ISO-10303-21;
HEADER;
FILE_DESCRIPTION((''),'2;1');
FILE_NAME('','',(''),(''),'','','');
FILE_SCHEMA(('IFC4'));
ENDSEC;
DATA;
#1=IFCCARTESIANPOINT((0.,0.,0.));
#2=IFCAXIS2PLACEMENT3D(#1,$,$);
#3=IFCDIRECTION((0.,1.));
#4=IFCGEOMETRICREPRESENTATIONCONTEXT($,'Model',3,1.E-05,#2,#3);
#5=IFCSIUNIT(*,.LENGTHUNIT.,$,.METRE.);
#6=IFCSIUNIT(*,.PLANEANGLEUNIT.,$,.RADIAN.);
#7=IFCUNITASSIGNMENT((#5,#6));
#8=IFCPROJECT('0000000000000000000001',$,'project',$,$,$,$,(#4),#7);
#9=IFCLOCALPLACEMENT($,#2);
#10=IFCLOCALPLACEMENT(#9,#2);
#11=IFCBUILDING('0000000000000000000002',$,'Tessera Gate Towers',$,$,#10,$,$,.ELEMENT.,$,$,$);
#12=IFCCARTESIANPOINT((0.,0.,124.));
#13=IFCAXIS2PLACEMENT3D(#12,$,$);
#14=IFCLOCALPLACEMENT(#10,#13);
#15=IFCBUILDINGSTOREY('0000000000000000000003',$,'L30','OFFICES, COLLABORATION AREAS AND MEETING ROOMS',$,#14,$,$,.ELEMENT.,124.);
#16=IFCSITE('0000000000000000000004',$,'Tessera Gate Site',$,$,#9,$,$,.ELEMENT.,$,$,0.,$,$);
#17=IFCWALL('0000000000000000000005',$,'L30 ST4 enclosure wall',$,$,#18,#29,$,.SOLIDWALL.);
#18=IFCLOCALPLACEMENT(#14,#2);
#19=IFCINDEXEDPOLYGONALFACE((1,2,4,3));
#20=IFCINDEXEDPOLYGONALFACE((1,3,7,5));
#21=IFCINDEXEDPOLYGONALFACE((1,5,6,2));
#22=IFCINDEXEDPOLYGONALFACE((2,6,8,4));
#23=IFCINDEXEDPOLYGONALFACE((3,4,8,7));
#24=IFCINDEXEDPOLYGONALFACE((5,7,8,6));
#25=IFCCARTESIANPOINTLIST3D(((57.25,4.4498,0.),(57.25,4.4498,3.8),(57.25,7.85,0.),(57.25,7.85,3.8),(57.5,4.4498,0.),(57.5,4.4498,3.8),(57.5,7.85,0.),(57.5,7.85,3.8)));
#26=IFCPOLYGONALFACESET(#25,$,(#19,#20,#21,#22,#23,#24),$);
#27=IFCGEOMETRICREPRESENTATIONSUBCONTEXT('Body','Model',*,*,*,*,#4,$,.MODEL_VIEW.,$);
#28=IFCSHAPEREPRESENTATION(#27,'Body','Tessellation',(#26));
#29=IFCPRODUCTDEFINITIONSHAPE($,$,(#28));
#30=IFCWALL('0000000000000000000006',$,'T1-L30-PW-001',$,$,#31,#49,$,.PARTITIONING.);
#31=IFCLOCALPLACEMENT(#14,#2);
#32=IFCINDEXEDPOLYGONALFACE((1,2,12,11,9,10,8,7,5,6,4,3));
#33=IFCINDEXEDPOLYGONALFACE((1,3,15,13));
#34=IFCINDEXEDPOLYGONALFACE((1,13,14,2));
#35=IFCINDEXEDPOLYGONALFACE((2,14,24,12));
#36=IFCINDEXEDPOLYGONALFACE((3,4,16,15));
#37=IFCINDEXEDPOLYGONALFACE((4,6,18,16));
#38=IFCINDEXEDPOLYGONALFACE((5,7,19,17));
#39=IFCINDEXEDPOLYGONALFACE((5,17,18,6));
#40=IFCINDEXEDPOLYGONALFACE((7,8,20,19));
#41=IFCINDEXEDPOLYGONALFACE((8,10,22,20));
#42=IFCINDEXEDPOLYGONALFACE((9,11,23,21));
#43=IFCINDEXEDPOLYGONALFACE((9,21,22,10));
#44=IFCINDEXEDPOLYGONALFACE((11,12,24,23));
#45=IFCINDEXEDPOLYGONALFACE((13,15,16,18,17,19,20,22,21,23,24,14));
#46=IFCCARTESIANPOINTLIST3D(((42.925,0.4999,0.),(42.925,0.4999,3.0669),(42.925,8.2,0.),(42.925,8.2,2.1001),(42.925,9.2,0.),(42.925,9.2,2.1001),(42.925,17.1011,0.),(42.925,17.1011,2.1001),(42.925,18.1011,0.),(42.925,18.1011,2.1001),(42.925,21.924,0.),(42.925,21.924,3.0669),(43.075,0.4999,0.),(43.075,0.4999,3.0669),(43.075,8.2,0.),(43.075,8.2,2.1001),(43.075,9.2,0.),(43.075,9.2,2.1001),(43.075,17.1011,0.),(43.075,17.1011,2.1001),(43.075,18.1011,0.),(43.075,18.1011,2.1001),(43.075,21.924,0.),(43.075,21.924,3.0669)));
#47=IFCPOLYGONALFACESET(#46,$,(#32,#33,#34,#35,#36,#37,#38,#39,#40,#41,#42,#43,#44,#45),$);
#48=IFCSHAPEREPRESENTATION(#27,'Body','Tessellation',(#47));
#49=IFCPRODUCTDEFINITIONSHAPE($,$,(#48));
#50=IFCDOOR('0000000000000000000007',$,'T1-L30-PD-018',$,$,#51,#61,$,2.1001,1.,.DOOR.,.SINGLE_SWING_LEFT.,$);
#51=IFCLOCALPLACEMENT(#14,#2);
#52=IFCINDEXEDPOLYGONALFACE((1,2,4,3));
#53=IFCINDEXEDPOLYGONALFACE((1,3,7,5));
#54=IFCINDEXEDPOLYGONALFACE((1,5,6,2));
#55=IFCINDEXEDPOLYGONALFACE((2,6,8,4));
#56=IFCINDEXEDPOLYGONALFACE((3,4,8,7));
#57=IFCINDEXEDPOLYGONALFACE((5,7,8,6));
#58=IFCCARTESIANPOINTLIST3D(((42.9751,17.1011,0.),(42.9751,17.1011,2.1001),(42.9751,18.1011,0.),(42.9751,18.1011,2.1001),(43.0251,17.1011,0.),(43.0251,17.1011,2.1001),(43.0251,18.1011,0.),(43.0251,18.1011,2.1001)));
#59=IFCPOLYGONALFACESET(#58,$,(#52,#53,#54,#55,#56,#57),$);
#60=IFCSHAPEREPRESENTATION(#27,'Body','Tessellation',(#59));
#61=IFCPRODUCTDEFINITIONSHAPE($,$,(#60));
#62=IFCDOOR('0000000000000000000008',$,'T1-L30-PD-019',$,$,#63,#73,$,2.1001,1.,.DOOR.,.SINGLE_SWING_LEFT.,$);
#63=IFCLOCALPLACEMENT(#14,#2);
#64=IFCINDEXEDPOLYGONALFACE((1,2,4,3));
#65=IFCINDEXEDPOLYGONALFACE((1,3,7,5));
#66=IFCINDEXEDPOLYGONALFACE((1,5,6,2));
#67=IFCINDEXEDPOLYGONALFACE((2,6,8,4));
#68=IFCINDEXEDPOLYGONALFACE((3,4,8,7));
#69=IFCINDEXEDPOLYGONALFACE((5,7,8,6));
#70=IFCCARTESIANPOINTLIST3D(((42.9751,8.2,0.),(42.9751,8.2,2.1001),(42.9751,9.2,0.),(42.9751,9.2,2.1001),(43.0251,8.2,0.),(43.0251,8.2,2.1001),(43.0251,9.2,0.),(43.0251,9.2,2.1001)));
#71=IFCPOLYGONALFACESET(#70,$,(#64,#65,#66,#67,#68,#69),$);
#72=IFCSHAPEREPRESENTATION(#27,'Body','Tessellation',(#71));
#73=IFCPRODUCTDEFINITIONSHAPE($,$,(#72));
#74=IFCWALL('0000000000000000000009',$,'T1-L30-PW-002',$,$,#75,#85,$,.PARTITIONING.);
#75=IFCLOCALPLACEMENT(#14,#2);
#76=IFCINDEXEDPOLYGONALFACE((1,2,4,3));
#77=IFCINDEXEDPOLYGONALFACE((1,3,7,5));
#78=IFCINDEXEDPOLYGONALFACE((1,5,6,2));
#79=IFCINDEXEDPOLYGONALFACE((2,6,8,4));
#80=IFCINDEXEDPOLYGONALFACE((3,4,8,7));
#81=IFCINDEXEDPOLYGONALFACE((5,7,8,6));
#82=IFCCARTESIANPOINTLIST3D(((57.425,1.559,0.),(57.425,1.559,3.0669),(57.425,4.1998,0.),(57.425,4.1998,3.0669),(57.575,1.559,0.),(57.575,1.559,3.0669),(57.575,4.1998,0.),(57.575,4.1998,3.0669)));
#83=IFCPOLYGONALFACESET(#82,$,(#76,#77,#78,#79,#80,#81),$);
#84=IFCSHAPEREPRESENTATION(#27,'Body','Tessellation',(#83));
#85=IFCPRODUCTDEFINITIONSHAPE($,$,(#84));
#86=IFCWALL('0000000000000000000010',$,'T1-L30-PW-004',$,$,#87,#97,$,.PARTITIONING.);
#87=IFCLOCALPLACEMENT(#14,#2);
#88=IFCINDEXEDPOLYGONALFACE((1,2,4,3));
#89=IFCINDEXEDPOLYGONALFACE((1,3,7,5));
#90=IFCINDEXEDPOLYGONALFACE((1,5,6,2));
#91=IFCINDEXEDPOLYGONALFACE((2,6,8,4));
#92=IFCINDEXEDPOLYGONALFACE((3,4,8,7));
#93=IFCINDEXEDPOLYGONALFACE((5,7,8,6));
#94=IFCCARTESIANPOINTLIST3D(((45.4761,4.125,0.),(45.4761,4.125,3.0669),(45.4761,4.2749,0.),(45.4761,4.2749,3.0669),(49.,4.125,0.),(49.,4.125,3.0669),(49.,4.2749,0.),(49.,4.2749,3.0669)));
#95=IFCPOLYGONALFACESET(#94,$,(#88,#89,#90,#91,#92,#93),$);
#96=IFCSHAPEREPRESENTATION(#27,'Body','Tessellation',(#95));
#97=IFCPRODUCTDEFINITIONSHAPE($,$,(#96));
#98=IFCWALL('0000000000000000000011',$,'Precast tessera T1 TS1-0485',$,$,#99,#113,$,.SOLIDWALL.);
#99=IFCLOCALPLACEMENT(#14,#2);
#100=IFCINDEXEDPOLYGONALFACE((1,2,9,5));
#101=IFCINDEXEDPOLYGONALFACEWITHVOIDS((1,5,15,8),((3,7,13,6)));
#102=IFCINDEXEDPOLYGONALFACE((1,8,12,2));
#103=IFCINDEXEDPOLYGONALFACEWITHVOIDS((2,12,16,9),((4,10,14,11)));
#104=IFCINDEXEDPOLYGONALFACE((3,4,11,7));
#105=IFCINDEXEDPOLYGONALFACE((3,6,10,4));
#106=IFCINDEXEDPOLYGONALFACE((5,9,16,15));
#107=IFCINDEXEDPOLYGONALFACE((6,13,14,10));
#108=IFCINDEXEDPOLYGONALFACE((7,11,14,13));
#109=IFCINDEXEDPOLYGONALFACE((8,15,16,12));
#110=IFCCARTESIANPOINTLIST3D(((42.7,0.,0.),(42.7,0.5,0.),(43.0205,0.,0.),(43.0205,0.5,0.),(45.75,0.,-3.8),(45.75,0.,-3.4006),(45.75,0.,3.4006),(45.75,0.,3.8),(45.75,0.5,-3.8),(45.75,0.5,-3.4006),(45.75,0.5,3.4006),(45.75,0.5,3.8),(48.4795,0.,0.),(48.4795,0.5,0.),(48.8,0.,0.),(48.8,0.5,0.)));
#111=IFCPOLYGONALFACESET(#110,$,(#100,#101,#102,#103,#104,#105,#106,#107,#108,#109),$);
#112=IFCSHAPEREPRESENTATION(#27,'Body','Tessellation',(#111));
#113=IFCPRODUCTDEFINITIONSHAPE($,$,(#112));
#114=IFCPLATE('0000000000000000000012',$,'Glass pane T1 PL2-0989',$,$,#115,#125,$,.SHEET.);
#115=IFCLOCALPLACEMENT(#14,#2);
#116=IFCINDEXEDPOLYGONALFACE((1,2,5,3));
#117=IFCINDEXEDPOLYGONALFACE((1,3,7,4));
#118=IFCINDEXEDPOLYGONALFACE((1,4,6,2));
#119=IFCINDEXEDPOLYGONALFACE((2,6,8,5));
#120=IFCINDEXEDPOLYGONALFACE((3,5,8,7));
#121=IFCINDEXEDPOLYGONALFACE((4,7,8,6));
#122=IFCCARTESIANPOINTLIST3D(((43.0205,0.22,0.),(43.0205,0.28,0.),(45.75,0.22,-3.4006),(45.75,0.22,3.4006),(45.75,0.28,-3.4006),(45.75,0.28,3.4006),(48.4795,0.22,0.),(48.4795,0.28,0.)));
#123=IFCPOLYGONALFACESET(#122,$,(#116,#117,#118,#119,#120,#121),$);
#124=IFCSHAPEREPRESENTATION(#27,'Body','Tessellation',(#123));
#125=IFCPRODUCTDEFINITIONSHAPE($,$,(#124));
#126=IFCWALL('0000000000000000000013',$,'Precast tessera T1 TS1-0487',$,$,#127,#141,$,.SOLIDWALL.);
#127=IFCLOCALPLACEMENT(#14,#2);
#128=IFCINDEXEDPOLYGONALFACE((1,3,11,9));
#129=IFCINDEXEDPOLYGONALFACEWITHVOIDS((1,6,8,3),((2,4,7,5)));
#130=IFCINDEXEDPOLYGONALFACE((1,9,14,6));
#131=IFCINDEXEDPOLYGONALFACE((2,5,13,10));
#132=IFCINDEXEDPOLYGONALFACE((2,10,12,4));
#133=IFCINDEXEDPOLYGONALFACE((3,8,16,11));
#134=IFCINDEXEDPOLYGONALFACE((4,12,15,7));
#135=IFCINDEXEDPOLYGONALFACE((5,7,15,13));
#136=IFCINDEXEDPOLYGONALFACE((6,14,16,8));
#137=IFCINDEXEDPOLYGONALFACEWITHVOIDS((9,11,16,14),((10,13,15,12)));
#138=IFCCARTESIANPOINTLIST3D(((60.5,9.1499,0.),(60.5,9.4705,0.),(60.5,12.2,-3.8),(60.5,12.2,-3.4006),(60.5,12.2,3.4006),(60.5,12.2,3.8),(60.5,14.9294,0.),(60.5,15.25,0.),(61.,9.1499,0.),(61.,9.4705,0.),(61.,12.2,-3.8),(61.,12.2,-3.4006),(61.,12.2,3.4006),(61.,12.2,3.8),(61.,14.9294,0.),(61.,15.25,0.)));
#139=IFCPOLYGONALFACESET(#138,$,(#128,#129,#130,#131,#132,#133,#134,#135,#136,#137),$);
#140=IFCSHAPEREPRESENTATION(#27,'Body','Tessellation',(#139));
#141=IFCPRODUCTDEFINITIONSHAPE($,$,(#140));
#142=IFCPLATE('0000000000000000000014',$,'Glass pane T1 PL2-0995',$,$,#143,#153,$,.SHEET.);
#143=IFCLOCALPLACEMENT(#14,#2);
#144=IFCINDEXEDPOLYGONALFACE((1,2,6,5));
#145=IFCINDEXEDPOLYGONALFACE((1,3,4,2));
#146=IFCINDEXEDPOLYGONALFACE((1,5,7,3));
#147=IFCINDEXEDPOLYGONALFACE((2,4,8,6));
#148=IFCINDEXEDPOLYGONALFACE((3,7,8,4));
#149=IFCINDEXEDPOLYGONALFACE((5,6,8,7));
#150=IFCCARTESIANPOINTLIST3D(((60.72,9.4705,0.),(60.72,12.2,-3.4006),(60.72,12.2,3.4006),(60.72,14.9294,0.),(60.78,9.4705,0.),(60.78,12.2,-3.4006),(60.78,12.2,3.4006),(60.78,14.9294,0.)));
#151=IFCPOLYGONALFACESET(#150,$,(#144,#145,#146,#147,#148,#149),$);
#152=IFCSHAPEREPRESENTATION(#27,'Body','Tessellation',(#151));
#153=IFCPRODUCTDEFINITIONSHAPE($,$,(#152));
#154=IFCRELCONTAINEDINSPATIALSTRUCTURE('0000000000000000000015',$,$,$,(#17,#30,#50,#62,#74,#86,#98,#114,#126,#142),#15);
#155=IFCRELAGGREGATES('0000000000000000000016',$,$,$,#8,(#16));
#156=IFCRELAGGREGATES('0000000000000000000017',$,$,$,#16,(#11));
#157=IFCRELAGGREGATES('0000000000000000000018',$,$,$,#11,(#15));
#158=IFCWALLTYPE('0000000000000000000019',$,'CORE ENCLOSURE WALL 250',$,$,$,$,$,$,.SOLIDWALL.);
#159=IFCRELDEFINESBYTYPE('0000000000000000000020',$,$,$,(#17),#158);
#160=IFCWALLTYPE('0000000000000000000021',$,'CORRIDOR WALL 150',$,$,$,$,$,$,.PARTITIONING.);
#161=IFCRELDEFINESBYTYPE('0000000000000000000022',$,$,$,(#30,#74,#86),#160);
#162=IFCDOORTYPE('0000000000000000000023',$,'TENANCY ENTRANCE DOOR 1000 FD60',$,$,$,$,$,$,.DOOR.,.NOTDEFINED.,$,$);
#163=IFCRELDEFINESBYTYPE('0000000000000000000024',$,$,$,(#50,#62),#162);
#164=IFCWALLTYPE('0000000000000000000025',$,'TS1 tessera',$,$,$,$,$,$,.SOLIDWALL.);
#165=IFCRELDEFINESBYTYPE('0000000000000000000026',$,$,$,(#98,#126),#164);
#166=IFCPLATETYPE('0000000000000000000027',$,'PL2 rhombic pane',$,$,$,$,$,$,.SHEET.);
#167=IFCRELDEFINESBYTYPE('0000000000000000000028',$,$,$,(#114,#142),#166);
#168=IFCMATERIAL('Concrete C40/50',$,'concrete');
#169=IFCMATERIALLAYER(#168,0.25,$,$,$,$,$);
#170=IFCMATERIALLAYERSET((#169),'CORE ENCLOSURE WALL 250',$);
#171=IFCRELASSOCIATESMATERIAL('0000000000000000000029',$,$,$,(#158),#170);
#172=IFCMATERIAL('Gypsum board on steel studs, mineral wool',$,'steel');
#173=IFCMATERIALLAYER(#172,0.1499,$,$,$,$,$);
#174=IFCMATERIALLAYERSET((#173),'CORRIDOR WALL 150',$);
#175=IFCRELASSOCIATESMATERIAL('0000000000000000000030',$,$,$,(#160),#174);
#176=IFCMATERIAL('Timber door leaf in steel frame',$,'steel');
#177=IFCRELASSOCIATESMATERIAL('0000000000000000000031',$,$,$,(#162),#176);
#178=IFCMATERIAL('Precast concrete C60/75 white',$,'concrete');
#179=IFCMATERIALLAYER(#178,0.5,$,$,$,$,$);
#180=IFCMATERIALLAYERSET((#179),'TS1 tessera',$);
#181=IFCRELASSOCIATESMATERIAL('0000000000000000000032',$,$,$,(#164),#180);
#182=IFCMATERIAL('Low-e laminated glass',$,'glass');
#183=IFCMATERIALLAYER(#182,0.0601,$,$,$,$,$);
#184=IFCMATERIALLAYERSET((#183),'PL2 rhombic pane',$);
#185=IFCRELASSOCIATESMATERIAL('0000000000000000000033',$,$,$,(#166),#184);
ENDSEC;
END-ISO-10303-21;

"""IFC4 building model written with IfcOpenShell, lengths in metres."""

from ifc_helpers import new_model, si_unit, direction, frame, frame_2d, origin, place, context, subcontext, project, spatial, polyline, rectangle, outline, extrude, source, transform, mapped, material, layer, layer_set, type_object, element, fill, save


model = new_model("IFC4")

# Units and contexts
model_context = context("Model", 3, precision=1e-05, world=origin(), true_north=direction((0.0, 1.0)))
body_context = subcontext(model_context, "Body", "Model", "MODEL_VIEW")
ifc_project = project(units=[si_unit("LENGTHUNIT", "METRE"), si_unit("PLANEANGLEUNIT", "RADIAN")], contexts=[model_context])

# Site, building, storey
site_placement = place(None, origin())
site = spatial("IfcSite", under=ifc_project, at=site_placement, Name="Tessera Gate Site", CompositionType="ELEMENT", RefElevation=0.0)
building_placement = place(site_placement, origin())
building = spatial("IfcBuilding", under=site, at=building_placement, Name="Tessera Gate Towers", CompositionType="ELEMENT")
storey_placement = place(building_placement, frame((0.0, 0.0, 124.0)))
storey = spatial("IfcBuildingStorey", under=building, at=storey_placement, Name="L30", Description="OFFICES, COLLABORATION AREAS AND MEETING ROOMS", CompositionType="ELEMENT", Elevation=124.0)

# Shared definitions
ifc_material_1 = material(Name="Concrete C40/50", Category="concrete")
ifc_layer_1 = layer(ifc_material_1, 0.25)
ifc_layer_set_1 = layer_set([ifc_layer_1], Name="CORE ENCLOSURE WALL 250")
wall_type_1 = type_object("IfcWallType", Name="CORE ENCLOSURE WALL 250", PredefinedType="SOLIDWALL", material=ifc_layer_set_1)

# Wall
wall_1_placement = place(storey_placement, frame((57.375, 7.8501, 0.0), z_axis=(0.0, 0.0, 1.0), x_axis=(0.0, -1.0, 0.0)))
element("IfcWall", 1, at=wall_1_placement, inside=storey, type_object=wall_type_1, Name="L30 ST4 enclosure wall", PredefinedType="SOLIDWALL", context=body_context, shape_type="SweptSolid", body=[
    extrude(rectangle(XDim=3.4001, YDim=0.25, at=frame_2d((1.7002, 0.0))), origin(), (0.0, 0.0, 1.0), 3.8),
])

# Wall, openings, doors
ifc_material_2 = material(Name="Gypsum board on steel studs, mineral wool", Category="steel")
ifc_layer_2 = layer(ifc_material_2, 0.1499)
ifc_layer_set_2 = layer_set([ifc_layer_2], Name="CORRIDOR WALL 150")
wall_type_2 = type_object("IfcWallType", Name="CORRIDOR WALL 150", PredefinedType="PARTITIONING", material=ifc_layer_set_2)
wall_2_placement = place(storey_placement, frame((43.0, 0.5, 0.0), z_axis=(0.0, 0.0, 1.0), x_axis=(0.0, 1.0, 0.0)))
wall_2 = element("IfcWall", 2, at=wall_2_placement, inside=storey, type_object=wall_type_2, Name="T1-L30-PW-001", PredefinedType="PARTITIONING", context=body_context, shape_type="SweptSolid", body=[
    extrude(rectangle(XDim=21.4241, YDim=0.1499, at=frame_2d((10.7119, 0.0))), origin(), (0.0, 0.0, 1.0), 3.0669),
])
shared_shape_1 = source(origin(), body_context, "Body", "SweptSolid", [
    extrude(rectangle(XDim=1.0, YDim=2.1001, at=frame_2d((0.5, 1.05))), frame((0.0, 0.085, 0.0), z_axis=(0.0, -1.0, 0.0), x_axis=(1.0, 0.0, 0.0)), (0.0, 0.0, 1.0), 0.1699),
])
opening_1_placement = place(wall_2_placement, frame((16.6011, 0.0, 0.0)))
opening_1 = element("IfcOpeningElement", 3, at=opening_1_placement, cuts=wall_2, PredefinedType="OPENING", context=body_context, shape_type="MappedRepresentation", body=[
    mapped(shared_shape_1, transform((0.0, 0.0, 0.0), scale=1.0)),
])
opening_2_placement = place(wall_2_placement, frame((7.7, 0.0, 0.0)))
opening_2 = element("IfcOpeningElement", 4, at=opening_2_placement, cuts=wall_2, PredefinedType="OPENING", context=body_context, shape_type="MappedRepresentation", body=[
    mapped(shared_shape_1, transform((0.0, 0.0, 0.0), scale=1.0)),
])
ifc_material_3 = material(Name="Timber door leaf in steel frame", Category="steel")
door_type_1 = type_object("IfcDoorType", Name="TENANCY ENTRANCE DOOR 1000 FD60", OperationType="NOTDEFINED", PredefinedType="DOOR", material=ifc_material_3)
shared_shape_2 = source(origin(), body_context, "Body", "SweptSolid", [
    extrude(rectangle(XDim=1.0, YDim=2.1001, at=frame_2d((0.5, 1.05))), frame((0.0, 0.0249, 0.0), z_axis=(0.0, -1.0, 0.0), x_axis=(1.0, 0.0, 0.0)), (0.0, 0.0, 1.0), 0.05),
])
door_1_placement = place(opening_1_placement, origin())
door_1 = element("IfcDoor", 5, at=door_1_placement, inside=storey, type_object=door_type_1, Name="T1-L30-PD-018", OperationType="SINGLE_SWING_LEFT", OverallHeight=2.1001, OverallWidth=1.0, PredefinedType="DOOR", context=body_context, shape_type="MappedRepresentation", body=[
    mapped(shared_shape_2, transform((0.0, 0.0, 0.0), scale=1.0)),
])
fill(opening_1, door_1)
door_2_placement = place(opening_2_placement, origin())
door_2 = element("IfcDoor", 6, at=door_2_placement, inside=storey, type_object=door_type_1, Name="T1-L30-PD-019", OperationType="SINGLE_SWING_LEFT", OverallHeight=2.1001, OverallWidth=1.0, PredefinedType="DOOR", context=body_context, shape_type="MappedRepresentation", body=[
    mapped(shared_shape_2, transform((0.0, 0.0, 0.0), scale=1.0)),
])
fill(opening_2, door_2)

# Walls
wall_3_placement = place(storey_placement, frame((57.5, 1.5591, 0.0), z_axis=(0.0, 0.0, 1.0), x_axis=(0.0, 1.0, 0.0)))
element("IfcWall", 7, at=wall_3_placement, inside=storey, type_object=wall_type_2, Name="T1-L30-PW-002", PredefinedType="PARTITIONING", context=body_context, shape_type="SweptSolid", body=[
    extrude(rectangle(XDim=2.6409, YDim=0.1499, at=frame_2d((1.3203, 0.0))), origin(), (0.0, 0.0, 1.0), 3.0669),
])
wall_4_placement = place(storey_placement, frame((45.4761, 4.2, 0.0), z_axis=(0.0, 0.0, 1.0), x_axis=(1.0, 0.0, 0.0)))
element("IfcWall", 8, at=wall_4_placement, inside=storey, type_object=wall_type_2, Name="T1-L30-PW-004", PredefinedType="PARTITIONING", context=body_context, shape_type="SweptSolid", body=[
    extrude(rectangle(XDim=3.5239, YDim=0.1499, at=frame_2d((1.762, 0.0))), origin(), (0.0, 0.0, 1.0), 3.0669),
])

# Walls, openings, plates
ifc_material_4 = material(Name="Precast concrete C60/75 white", Category="concrete")
ifc_layer_3 = layer(ifc_material_4, 0.5)
ifc_layer_set_3 = layer_set([ifc_layer_3], Name="TS1 tessera")
wall_type_3 = type_object("IfcWallType", Name="TS1 tessera", PredefinedType="SOLIDWALL", material=ifc_layer_set_3)
shared_shape_3 = source(origin(), body_context, "Body", "SweptSolid", [
    extrude(outline(polyline([(3.05, 0.0), (6.1001, 3.8), (3.05, 7.6001), (0.0, 3.8), (3.05, 0.0)])), frame((0.0, 0.25, 0.0), z_axis=(0.0, -1.0, 0.0), x_axis=(1.0, 0.0, 0.0)), (0.0, 0.0, 1.0), 0.5),
])
wall_5_placement = place(storey_placement, frame((42.7, 0.25, -3.8), z_axis=(0.0, 0.0, 1.0), x_axis=(1.0, 0.0, 0.0)))
wall_5 = element("IfcWall", 9, at=wall_5_placement, inside=storey, type_object=wall_type_3, Name="Precast tessera T1 TS1-0485", PredefinedType="SOLIDWALL", context=body_context, shape_type="MappedRepresentation", body=[
    mapped(shared_shape_3, transform((0.0, 0.0, 0.0), scale=1.0)),
])
shared_shape_4 = source(origin(), body_context, "Body", "SweptSolid", [
    extrude(outline(polyline([(3.05, 0.3994), (5.7795, 3.8), (3.05, 7.2007), (0.3206, 3.8), (3.05, 0.3994)])), frame((0.0, 0.26, 0.0), z_axis=(0.0, -1.0, 0.0), x_axis=(1.0, 0.0, 0.0)), (0.0, 0.0, 1.0), 0.52),
])
opening_3_placement = place(wall_5_placement, origin())
opening_3 = element("IfcOpeningElement", 10, at=opening_3_placement, cuts=wall_5, PredefinedType="OPENING", context=body_context, shape_type="MappedRepresentation", body=[
    mapped(shared_shape_4, transform((0.0, 0.0, 0.0), scale=1.0)),
])
ifc_material_5 = material(Name="Low-e laminated glass", Category="glass")
ifc_layer_4 = layer(ifc_material_5, 0.0601)
ifc_layer_set_4 = layer_set([ifc_layer_4], Name="PL2 rhombic pane")
plate_type = type_object("IfcPlateType", Name="PL2 rhombic pane", PredefinedType="SHEET", material=ifc_layer_set_4)
shared_shape_5 = source(origin(), body_context, "Body", "SweptSolid", [
    extrude(outline(polyline([(3.05, 0.3994), (5.7795, 3.8), (3.05, 7.2007), (0.3206, 3.8), (3.05, 0.3994)])), frame((0.0, 0.03, 0.0), z_axis=(0.0, -1.0, 0.0), x_axis=(1.0, 0.0, 0.0)), (0.0, 0.0, 1.0), 0.0601),
])
plate_1_placement = place(opening_3_placement, origin())
plate_1 = element("IfcPlate", 11, at=plate_1_placement, inside=storey, type_object=plate_type, Name="Glass pane T1 PL2-0989", PredefinedType="SHEET", context=body_context, shape_type="MappedRepresentation", body=[
    mapped(shared_shape_5, transform((0.0, 0.0, 0.0), scale=1.0)),
])
fill(opening_3, plate_1)
wall_6_placement = place(storey_placement, frame((60.75, 9.1499, -3.8), z_axis=(0.0, 0.0, 1.0), x_axis=(0.0, 1.0, 0.0)))
wall_6 = element("IfcWall", 12, at=wall_6_placement, inside=storey, type_object=wall_type_3, Name="Precast tessera T1 TS1-0487", PredefinedType="SOLIDWALL", context=body_context, shape_type="MappedRepresentation", body=[
    mapped(shared_shape_3, transform((0.0, 0.0, 0.0), scale=1.0)),
])
opening_4_placement = place(wall_6_placement, origin())
opening_4 = element("IfcOpeningElement", 13, at=opening_4_placement, cuts=wall_6, PredefinedType="OPENING", context=body_context, shape_type="MappedRepresentation", body=[
    mapped(shared_shape_4, transform((0.0, 0.0, 0.0), scale=1.0)),
])
plate_2_placement = place(opening_4_placement, origin())
plate_2 = element("IfcPlate", 14, at=plate_2_placement, inside=storey, type_object=plate_type, Name="Glass pane T1 PL2-0995", PredefinedType="SHEET", context=body_context, shape_type="MappedRepresentation", body=[
    mapped(shared_shape_5, transform((0.0, 0.0, 0.0), scale=1.0)),
])
fill(opening_4, plate_2)

save(model, "model.ifc")
